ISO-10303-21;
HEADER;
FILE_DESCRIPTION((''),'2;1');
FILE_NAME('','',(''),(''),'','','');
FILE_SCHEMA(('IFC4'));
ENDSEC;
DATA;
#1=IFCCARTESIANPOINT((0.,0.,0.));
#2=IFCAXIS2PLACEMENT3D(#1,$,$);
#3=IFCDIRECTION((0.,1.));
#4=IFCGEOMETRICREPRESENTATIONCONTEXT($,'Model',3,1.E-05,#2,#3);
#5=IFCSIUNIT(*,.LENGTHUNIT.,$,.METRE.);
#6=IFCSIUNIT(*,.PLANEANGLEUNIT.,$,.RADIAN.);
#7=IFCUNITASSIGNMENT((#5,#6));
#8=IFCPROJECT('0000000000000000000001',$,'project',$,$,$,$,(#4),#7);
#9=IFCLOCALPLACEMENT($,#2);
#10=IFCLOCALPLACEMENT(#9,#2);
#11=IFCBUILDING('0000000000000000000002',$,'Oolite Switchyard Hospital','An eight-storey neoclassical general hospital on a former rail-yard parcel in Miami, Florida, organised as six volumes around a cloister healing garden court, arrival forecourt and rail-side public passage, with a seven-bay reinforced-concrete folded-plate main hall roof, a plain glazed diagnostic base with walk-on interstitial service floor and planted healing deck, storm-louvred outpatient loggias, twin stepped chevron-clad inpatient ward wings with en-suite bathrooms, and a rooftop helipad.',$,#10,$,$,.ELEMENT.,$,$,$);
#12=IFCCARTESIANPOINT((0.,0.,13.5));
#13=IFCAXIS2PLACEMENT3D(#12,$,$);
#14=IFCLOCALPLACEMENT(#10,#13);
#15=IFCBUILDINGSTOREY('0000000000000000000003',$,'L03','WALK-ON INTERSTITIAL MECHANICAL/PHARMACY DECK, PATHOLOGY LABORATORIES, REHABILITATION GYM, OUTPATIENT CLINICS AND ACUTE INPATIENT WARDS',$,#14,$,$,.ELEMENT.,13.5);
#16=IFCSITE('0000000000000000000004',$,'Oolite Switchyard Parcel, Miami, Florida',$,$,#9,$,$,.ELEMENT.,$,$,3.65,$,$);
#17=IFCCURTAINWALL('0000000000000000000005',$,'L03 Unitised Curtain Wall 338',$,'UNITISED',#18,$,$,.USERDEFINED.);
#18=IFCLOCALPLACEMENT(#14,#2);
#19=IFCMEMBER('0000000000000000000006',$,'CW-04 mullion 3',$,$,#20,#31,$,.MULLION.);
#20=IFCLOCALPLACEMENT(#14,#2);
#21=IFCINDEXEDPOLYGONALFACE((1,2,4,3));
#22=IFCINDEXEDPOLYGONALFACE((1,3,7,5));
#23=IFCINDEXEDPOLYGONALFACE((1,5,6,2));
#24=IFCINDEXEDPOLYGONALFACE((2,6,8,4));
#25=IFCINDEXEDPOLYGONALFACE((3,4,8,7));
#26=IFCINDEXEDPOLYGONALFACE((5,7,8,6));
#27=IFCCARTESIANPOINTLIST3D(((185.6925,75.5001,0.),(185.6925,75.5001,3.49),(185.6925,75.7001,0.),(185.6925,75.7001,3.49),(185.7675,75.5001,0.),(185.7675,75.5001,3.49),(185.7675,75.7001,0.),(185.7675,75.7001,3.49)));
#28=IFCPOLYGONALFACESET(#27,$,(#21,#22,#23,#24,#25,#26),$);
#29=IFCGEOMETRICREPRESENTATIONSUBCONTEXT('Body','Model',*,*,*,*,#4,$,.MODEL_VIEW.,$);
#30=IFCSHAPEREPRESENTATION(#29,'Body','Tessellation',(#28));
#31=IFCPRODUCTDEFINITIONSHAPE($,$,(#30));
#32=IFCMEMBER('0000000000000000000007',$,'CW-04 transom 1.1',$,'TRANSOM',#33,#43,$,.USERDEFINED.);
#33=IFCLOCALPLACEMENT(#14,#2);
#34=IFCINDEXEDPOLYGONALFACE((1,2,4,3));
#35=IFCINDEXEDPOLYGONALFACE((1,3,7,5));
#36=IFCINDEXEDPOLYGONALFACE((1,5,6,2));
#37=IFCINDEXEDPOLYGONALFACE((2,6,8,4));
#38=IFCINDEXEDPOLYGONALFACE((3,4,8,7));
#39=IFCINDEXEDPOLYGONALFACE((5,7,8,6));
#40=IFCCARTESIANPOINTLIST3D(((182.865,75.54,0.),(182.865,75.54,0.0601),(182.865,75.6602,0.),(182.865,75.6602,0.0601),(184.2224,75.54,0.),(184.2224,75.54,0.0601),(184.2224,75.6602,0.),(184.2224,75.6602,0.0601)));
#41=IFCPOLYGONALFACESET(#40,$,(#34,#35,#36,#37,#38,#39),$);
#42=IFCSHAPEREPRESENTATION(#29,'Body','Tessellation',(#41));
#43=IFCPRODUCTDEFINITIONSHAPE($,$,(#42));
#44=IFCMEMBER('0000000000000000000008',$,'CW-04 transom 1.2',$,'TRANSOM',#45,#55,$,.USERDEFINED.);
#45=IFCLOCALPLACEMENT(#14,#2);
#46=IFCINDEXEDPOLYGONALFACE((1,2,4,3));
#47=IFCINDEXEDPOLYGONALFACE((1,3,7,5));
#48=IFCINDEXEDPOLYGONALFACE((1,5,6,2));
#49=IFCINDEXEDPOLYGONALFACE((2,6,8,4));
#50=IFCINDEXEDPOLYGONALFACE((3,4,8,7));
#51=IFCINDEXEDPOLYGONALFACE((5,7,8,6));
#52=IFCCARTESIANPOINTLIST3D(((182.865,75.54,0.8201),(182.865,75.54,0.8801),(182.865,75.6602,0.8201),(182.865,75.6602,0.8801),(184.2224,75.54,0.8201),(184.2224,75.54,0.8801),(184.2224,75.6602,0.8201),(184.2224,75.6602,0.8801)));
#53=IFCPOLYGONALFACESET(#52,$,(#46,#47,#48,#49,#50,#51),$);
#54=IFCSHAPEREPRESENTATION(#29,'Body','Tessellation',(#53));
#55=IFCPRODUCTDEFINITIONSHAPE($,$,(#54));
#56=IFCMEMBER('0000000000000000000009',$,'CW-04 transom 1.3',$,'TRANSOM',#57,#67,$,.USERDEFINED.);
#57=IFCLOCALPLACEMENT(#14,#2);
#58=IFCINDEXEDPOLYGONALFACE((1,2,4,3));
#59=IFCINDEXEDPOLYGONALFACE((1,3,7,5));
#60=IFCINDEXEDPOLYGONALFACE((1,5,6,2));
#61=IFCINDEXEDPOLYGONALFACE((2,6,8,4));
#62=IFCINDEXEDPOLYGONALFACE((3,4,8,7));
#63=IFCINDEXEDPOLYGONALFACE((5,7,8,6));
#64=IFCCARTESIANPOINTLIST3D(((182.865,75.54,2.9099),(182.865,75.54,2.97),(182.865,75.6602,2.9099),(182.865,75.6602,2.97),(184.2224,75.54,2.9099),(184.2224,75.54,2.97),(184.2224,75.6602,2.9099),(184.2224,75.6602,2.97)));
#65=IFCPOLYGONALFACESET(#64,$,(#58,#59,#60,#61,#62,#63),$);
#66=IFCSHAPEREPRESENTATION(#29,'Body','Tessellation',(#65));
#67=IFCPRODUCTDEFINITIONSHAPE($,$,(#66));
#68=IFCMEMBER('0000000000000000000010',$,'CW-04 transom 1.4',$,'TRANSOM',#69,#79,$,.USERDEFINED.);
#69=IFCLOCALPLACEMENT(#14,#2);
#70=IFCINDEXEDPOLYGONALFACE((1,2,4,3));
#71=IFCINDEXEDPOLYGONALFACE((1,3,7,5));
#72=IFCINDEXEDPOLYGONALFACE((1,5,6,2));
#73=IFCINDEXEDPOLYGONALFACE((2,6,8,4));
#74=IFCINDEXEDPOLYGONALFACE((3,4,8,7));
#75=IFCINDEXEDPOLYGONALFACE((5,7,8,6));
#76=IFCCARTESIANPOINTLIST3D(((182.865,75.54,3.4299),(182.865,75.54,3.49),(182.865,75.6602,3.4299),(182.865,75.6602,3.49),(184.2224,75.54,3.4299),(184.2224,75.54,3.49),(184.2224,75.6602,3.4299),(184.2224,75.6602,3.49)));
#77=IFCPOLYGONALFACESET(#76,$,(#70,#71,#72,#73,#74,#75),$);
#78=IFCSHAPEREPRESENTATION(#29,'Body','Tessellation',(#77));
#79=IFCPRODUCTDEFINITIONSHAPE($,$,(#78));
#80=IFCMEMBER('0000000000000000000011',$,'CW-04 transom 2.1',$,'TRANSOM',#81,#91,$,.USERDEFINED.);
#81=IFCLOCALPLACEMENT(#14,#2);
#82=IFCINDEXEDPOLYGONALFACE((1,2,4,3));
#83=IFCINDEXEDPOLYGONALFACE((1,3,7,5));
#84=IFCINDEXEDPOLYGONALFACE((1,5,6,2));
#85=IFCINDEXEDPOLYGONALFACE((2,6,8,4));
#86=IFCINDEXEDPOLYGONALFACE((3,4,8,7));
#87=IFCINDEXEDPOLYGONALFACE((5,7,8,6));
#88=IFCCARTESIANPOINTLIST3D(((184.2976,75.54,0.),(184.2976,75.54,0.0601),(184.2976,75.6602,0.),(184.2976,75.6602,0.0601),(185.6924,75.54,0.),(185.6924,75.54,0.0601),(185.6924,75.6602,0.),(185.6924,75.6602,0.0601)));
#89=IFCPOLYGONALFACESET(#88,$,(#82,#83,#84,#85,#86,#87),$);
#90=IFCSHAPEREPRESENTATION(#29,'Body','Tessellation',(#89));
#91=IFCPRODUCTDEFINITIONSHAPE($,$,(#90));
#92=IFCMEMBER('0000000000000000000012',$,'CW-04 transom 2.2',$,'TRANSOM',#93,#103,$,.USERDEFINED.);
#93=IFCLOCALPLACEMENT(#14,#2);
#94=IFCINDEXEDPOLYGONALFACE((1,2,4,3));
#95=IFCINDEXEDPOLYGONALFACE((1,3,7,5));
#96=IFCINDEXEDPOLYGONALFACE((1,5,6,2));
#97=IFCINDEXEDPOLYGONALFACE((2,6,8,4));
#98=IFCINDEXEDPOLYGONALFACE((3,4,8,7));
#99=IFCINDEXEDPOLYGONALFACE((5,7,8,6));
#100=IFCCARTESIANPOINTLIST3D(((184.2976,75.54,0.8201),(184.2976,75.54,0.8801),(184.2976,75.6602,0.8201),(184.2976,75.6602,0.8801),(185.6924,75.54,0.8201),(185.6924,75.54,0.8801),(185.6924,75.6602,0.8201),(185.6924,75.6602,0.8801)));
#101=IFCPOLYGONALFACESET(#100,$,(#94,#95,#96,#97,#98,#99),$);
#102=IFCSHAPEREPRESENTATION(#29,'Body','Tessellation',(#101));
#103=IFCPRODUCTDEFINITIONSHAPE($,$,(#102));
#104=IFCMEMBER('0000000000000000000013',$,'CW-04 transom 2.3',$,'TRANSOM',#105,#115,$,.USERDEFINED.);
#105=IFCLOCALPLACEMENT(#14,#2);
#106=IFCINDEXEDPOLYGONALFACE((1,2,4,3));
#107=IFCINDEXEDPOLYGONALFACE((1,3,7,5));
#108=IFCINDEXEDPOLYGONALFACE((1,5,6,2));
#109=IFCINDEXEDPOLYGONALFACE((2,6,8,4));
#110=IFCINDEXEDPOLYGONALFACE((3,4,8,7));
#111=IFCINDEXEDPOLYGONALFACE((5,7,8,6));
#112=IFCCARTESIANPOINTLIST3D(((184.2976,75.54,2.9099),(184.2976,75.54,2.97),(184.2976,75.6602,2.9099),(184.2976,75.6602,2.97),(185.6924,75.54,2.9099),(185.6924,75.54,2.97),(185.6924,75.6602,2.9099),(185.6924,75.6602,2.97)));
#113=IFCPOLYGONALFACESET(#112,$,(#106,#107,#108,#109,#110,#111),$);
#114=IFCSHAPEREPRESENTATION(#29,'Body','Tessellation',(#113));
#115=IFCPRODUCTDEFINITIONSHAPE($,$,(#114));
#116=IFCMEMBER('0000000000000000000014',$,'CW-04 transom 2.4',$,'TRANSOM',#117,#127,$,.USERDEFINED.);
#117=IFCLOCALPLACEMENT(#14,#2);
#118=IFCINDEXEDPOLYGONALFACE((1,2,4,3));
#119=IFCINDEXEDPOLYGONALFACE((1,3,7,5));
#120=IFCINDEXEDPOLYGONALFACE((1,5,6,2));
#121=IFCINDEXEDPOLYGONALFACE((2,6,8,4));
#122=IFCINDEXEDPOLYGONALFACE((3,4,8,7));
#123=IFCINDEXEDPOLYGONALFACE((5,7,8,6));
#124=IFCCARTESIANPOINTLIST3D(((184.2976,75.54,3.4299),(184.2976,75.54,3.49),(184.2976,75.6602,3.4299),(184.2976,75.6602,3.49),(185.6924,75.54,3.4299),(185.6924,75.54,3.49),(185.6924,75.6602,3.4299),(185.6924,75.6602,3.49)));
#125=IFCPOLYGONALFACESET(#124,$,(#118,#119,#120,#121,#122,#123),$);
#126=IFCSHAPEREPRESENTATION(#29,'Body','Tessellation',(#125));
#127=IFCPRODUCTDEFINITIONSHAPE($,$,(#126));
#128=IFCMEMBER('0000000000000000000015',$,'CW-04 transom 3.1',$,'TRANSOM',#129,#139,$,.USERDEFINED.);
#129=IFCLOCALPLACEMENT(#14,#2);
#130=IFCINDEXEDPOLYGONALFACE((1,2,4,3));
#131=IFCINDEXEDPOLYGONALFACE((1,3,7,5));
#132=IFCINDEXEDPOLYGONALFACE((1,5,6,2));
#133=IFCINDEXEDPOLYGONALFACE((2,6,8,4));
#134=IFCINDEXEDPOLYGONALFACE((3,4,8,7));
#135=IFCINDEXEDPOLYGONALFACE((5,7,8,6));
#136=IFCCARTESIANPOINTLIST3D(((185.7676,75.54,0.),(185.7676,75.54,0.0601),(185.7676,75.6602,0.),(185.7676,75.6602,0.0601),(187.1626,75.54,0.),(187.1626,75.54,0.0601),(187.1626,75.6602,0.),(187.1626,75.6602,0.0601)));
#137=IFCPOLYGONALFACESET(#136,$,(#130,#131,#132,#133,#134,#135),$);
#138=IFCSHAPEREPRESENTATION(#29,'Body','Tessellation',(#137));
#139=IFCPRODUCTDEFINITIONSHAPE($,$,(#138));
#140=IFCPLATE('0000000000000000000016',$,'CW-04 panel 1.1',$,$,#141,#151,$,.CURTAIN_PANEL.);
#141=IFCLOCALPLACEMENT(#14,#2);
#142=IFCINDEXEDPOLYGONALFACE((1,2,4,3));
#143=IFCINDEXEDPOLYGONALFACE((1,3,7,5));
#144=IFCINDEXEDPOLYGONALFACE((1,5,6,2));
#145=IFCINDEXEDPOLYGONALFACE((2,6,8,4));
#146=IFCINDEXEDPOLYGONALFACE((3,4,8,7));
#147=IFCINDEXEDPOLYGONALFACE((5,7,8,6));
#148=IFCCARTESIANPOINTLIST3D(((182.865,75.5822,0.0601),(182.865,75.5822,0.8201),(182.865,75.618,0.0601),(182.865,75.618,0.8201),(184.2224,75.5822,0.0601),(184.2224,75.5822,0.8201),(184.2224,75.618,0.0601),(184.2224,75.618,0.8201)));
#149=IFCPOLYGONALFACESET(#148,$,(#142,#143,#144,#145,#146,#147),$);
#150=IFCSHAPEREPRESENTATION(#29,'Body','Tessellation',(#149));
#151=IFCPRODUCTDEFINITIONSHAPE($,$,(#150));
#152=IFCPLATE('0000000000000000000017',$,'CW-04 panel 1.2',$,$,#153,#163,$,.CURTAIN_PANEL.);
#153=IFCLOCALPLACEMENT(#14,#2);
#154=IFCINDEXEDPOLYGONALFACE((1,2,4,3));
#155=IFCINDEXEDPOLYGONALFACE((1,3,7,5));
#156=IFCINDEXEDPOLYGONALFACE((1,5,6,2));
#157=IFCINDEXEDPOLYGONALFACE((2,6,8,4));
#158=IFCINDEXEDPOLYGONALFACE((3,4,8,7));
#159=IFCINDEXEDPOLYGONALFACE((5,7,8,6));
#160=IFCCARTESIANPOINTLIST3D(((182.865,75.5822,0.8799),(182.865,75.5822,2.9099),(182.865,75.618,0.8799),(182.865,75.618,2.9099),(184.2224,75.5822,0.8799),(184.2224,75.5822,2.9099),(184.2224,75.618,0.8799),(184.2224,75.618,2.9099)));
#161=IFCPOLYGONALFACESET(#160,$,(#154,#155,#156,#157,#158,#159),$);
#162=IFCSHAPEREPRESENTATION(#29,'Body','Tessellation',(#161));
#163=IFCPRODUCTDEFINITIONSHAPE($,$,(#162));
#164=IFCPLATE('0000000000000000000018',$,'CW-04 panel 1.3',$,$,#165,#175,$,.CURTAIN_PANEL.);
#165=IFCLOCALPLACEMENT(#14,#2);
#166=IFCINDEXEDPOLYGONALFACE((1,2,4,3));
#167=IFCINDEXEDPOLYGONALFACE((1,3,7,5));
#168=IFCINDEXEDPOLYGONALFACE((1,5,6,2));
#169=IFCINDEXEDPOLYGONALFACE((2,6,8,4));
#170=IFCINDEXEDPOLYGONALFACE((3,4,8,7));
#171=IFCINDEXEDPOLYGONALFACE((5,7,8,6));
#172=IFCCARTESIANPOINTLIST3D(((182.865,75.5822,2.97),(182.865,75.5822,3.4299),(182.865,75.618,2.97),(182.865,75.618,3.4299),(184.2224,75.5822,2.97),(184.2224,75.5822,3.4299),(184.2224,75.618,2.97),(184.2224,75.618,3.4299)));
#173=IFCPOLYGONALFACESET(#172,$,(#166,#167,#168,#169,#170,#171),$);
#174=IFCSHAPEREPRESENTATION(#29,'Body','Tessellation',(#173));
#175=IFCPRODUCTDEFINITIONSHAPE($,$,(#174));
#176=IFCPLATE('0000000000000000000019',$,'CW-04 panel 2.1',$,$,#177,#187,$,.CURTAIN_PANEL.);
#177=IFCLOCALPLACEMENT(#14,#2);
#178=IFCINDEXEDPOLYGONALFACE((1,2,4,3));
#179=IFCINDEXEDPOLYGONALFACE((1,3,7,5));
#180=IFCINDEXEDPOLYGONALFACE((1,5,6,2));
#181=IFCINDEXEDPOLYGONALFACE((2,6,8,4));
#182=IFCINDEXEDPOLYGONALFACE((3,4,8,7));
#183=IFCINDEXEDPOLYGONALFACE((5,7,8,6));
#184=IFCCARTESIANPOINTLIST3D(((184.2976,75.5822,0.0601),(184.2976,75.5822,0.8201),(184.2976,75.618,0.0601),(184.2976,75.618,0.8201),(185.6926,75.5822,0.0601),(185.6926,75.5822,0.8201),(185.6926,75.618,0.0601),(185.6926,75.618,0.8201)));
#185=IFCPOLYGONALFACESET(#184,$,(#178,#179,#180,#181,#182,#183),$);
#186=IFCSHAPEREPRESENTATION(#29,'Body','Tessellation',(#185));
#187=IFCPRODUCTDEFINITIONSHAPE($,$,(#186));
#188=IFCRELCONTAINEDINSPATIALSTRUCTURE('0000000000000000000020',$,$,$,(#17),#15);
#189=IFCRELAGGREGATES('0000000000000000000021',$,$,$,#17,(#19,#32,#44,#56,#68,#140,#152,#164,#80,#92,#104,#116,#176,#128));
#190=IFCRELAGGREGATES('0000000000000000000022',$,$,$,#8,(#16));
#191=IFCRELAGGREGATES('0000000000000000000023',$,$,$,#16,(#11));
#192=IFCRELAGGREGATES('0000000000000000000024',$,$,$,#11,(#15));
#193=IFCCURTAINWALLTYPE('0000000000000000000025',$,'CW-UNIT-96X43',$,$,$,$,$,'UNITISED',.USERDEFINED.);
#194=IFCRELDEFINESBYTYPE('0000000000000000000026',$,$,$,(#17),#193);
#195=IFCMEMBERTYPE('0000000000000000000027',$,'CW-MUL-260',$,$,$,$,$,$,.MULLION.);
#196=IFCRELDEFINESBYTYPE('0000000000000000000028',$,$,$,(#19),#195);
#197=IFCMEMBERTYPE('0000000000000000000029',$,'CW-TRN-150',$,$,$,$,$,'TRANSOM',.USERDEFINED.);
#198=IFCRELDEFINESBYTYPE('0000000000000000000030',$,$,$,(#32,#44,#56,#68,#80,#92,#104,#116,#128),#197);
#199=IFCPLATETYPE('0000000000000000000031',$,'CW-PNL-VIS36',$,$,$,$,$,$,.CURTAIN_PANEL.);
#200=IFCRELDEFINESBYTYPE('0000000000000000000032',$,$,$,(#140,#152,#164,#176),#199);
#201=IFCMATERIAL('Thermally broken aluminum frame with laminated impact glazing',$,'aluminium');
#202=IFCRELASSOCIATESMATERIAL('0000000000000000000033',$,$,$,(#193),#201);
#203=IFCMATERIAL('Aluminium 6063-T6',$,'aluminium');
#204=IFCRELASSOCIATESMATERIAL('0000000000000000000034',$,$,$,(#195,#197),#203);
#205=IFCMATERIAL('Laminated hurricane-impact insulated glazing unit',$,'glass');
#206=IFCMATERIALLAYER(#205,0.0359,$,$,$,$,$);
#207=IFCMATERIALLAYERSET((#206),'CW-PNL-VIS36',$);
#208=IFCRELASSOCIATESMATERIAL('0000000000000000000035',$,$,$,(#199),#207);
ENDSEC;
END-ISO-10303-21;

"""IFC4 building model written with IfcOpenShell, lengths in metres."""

from ifc_helpers import new_model, si_unit, direction, frame, origin, origin_2d, place, context, subcontext, project, spatial, rectangle, extrude, material, layer, layer_set, material_profile, profile_set, type_object, element, aggregate, save


model = new_model("IFC4")

# Units and contexts
model_context = context("Model", 3, precision=1e-05, world=origin(), true_north=direction((0.0, 1.0)))
body_context = subcontext(model_context, "Body", "Model", "MODEL_VIEW")
ifc_project = project(units=[si_unit("LENGTHUNIT", "METRE"), si_unit("PLANEANGLEUNIT", "RADIAN")], contexts=[model_context])

# Site, building, storey
site_placement = place(None, origin())
site = spatial("IfcSite", under=ifc_project, at=site_placement, Name="Oolite Switchyard Parcel, Miami, Florida", CompositionType="ELEMENT", RefElevation=3.65)
building_placement = place(site_placement, origin())
building = spatial("IfcBuilding", under=site, at=building_placement, Name="Oolite Switchyard Hospital", Description="An eight-storey neoclassical general hospital on a former rail-yard parcel in Miami, Florida, organised as six volumes around a cloister healing garden court, arrival forecourt and rail-side public passage, with a seven-bay reinforced-concrete folded-plate main hall roof, a plain glazed diagnostic base with walk-on interstitial service floor and planted healing deck, storm-louvred outpatient loggias, twin stepped chevron-clad inpatient ward wings with en-suite bathrooms, and a rooftop helipad.", CompositionType="ELEMENT")
storey_placement = place(building_placement, frame((0.0, 0.0, 13.5)))
storey = spatial("IfcBuildingStorey", under=building, at=storey_placement, Name="L03", Description="WALK-ON INTERSTITIAL MECHANICAL/PHARMACY DECK, PATHOLOGY LABORATORIES, REHABILITATION GYM, OUTPATIENT CLINICS AND ACUTE INPATIENT WARDS", CompositionType="ELEMENT", Elevation=13.5)

# Curtain wall, members, plates
ifc_material_1 = material(Name="Thermally broken aluminum frame with laminated impact glazing", Category="aluminium")
curtain_wall_type = type_object("IfcCurtainWallType", Name="CW-UNIT-96X43", ElementType="UNITISED", PredefinedType="USERDEFINED", material=ifc_material_1)
curtain_wall_placement = place(storey_placement, origin())
curtain_wall = element("IfcCurtainWall", 1, at=curtain_wall_placement, inside=storey, type_object=curtain_wall_type, Name="L03 Unitised Curtain Wall 338", ObjectType="UNITISED", PredefinedType="USERDEFINED")
ifc_material_2 = material(Name="Aluminium 6063-T6", Category="aluminium")
ifc_material_profile_1 = material_profile(ifc_material_2, rectangle(XDim=0.2, YDim=0.075, at=origin_2d()), Name="CWM75X200")
ifc_profile_set_1 = profile_set([ifc_material_profile_1], Name="Aluminium 6063-T6")
member_type_1 = type_object("IfcMemberType", Name="CW-MUL-260", PredefinedType="MULLION", material=ifc_profile_set_1)
member_1_placement = place(storey_placement, frame((185.73, 75.6001, 0.0), z_axis=(0.0, 0.0, 1.0), x_axis=(0.0, 1.0, 0.0)))
member_1 = element("IfcMember", 2, at=member_1_placement, type_object=member_type_1, Name="CW-04 mullion 3", PredefinedType="MULLION", context=body_context, shape_type="SweptSolid", body=[
    extrude(rectangle(XDim=0.2, YDim=0.075, at=origin_2d()), origin(), (0.0, 0.0, 1.0), 3.49),
])
ifc_material_profile_2 = material_profile(ifc_material_2, rectangle(XDim=0.1201, YDim=0.0601, at=origin_2d()), Name="CWT60X120")
ifc_profile_set_2 = profile_set([ifc_material_profile_2], Name="Aluminium 6063-T6")
member_type_2 = type_object("IfcMemberType", Name="CW-TRN-150", ElementType="TRANSOM", PredefinedType="USERDEFINED", material=ifc_profile_set_2)
member_2_placement = place(storey_placement, frame((182.865, 75.6001, 0.03), z_axis=(1.0, 0.0, 0.0), x_axis=(0.0, 1.0, 0.0)))
member_2 = element("IfcMember", 3, at=member_2_placement, type_object=member_type_2, Name="CW-04 transom 1.1", ObjectType="TRANSOM", PredefinedType="USERDEFINED", context=body_context, shape_type="SweptSolid", body=[
    extrude(rectangle(XDim=0.1201, YDim=0.0601, at=origin_2d()), origin(), (0.0, 0.0, 1.0), 1.3574),
])
member_3_placement = place(storey_placement, frame((182.865, 75.6001, 0.8501), z_axis=(1.0, 0.0, 0.0), x_axis=(0.0, 1.0, 0.0)))
member_3 = element("IfcMember", 4, at=member_3_placement, type_object=member_type_2, Name="CW-04 transom 1.2", ObjectType="TRANSOM", PredefinedType="USERDEFINED", context=body_context, shape_type="SweptSolid", body=[
    extrude(rectangle(XDim=0.1201, YDim=0.0601, at=origin_2d()), origin(), (0.0, 0.0, 1.0), 1.3574),
])
member_4_placement = place(storey_placement, frame((182.865, 75.6001, 2.9399), z_axis=(1.0, 0.0, 0.0), x_axis=(0.0, 1.0, 0.0)))
member_4 = element("IfcMember", 5, at=member_4_placement, type_object=member_type_2, Name="CW-04 transom 1.3", ObjectType="TRANSOM", PredefinedType="USERDEFINED", context=body_context, shape_type="SweptSolid", body=[
    extrude(rectangle(XDim=0.1201, YDim=0.0601, at=origin_2d()), origin(), (0.0, 0.0, 1.0), 1.3574),
])
member_5_placement = place(storey_placement, frame((182.865, 75.6001, 3.46), z_axis=(1.0, 0.0, 0.0), x_axis=(0.0, 1.0, 0.0)))
member_5 = element("IfcMember", 6, at=member_5_placement, type_object=member_type_2, Name="CW-04 transom 1.4", ObjectType="TRANSOM", PredefinedType="USERDEFINED", context=body_context, shape_type="SweptSolid", body=[
    extrude(rectangle(XDim=0.1201, YDim=0.0601, at=origin_2d()), origin(), (0.0, 0.0, 1.0), 1.3574),
])
member_6_placement = place(storey_placement, frame((184.2976, 75.6001, 0.03), z_axis=(1.0, 0.0, 0.0), x_axis=(0.0, 1.0, 0.0)))
member_6 = element("IfcMember", 7, at=member_6_placement, type_object=member_type_2, Name="CW-04 transom 2.1", ObjectType="TRANSOM", PredefinedType="USERDEFINED", context=body_context, shape_type="SweptSolid", body=[
    extrude(rectangle(XDim=0.1201, YDim=0.0601, at=origin_2d()), origin(), (0.0, 0.0, 1.0), 1.3948),
])
member_7_placement = place(storey_placement, frame((184.2976, 75.6001, 0.8501), z_axis=(1.0, 0.0, 0.0), x_axis=(0.0, 1.0, 0.0)))
member_7 = element("IfcMember", 8, at=member_7_placement, type_object=member_type_2, Name="CW-04 transom 2.2", ObjectType="TRANSOM", PredefinedType="USERDEFINED", context=body_context, shape_type="SweptSolid", body=[
    extrude(rectangle(XDim=0.1201, YDim=0.0601, at=origin_2d()), origin(), (0.0, 0.0, 1.0), 1.3948),
])
member_8_placement = place(storey_placement, frame((184.2976, 75.6001, 2.9399), z_axis=(1.0, 0.0, 0.0), x_axis=(0.0, 1.0, 0.0)))
member_8 = element("IfcMember", 9, at=member_8_placement, type_object=member_type_2, Name="CW-04 transom 2.3", ObjectType="TRANSOM", PredefinedType="USERDEFINED", context=body_context, shape_type="SweptSolid", body=[
    extrude(rectangle(XDim=0.1201, YDim=0.0601, at=origin_2d()), origin(), (0.0, 0.0, 1.0), 1.3948),
])
member_9_placement = place(storey_placement, frame((184.2976, 75.6001, 3.46), z_axis=(1.0, 0.0, 0.0), x_axis=(0.0, 1.0, 0.0)))
member_9 = element("IfcMember", 10, at=member_9_placement, type_object=member_type_2, Name="CW-04 transom 2.4", ObjectType="TRANSOM", PredefinedType="USERDEFINED", context=body_context, shape_type="SweptSolid", body=[
    extrude(rectangle(XDim=0.1201, YDim=0.0601, at=origin_2d()), origin(), (0.0, 0.0, 1.0), 1.3948),
])
member_10_placement = place(storey_placement, frame((185.7676, 75.6001, 0.03), z_axis=(1.0, 0.0, 0.0), x_axis=(0.0, 1.0, 0.0)))
member_10 = element("IfcMember", 11, at=member_10_placement, type_object=member_type_2, Name="CW-04 transom 3.1", ObjectType="TRANSOM", PredefinedType="USERDEFINED", context=body_context, shape_type="SweptSolid", body=[
    extrude(rectangle(XDim=0.1201, YDim=0.0601, at=origin_2d()), origin(), (0.0, 0.0, 1.0), 1.395),
])
ifc_material_3 = material(Name="Laminated hurricane-impact insulated glazing unit", Category="glass")
ifc_layer = layer(ifc_material_3, 0.0359)
ifc_layer_set = layer_set([ifc_layer], Name="CW-PNL-VIS36")
plate_type = type_object("IfcPlateType", Name="CW-PNL-VIS36", PredefinedType="CURTAIN_PANEL", material=ifc_layer_set)
plate_1_placement = place(storey_placement, frame((183.5437, 75.6001, 0.0601), z_axis=(0.0, 0.0, 1.0), x_axis=(1.0, 0.0, 0.0)))
plate_1 = element("IfcPlate", 12, at=plate_1_placement, type_object=plate_type, Name="CW-04 panel 1.1", PredefinedType="CURTAIN_PANEL", context=body_context, shape_type="SweptSolid", body=[
    extrude(rectangle(XDim=1.3574, YDim=0.0359, at=origin_2d()), origin(), (0.0, 0.0, 1.0), 0.76),
])
plate_2_placement = place(storey_placement, frame((183.5437, 75.6001, 0.8799), z_axis=(0.0, 0.0, 1.0), x_axis=(1.0, 0.0, 0.0)))
plate_2 = element("IfcPlate", 13, at=plate_2_placement, type_object=plate_type, Name="CW-04 panel 1.2", PredefinedType="CURTAIN_PANEL", context=body_context, shape_type="SweptSolid", body=[
    extrude(rectangle(XDim=1.3574, YDim=0.0359, at=origin_2d()), origin(), (0.0, 0.0, 1.0), 2.03),
])
plate_3_placement = place(storey_placement, frame((183.5437, 75.6001, 2.97), z_axis=(0.0, 0.0, 1.0), x_axis=(1.0, 0.0, 0.0)))
plate_3 = element("IfcPlate", 14, at=plate_3_placement, type_object=plate_type, Name="CW-04 panel 1.3", PredefinedType="CURTAIN_PANEL", context=body_context, shape_type="SweptSolid", body=[
    extrude(rectangle(XDim=1.3574, YDim=0.0359, at=origin_2d()), origin(), (0.0, 0.0, 1.0), 0.46),
])
plate_4_placement = place(storey_placement, frame((184.9951, 75.6001, 0.0601), z_axis=(0.0, 0.0, 1.0), x_axis=(1.0, 0.0, 0.0)))
plate_4 = element("IfcPlate", 15, at=plate_4_placement, type_object=plate_type, Name="CW-04 panel 2.1", PredefinedType="CURTAIN_PANEL", context=body_context, shape_type="SweptSolid", body=[
    extrude(rectangle(XDim=1.395, YDim=0.0359, at=origin_2d()), origin(), (0.0, 0.0, 1.0), 0.76),
])
aggregate(curtain_wall, [member_1, member_2, member_3, member_4, member_5, plate_1, plate_2, plate_3, member_6, member_7, member_8, member_9, plate_4, member_10])

save(model, "model.ifc")
